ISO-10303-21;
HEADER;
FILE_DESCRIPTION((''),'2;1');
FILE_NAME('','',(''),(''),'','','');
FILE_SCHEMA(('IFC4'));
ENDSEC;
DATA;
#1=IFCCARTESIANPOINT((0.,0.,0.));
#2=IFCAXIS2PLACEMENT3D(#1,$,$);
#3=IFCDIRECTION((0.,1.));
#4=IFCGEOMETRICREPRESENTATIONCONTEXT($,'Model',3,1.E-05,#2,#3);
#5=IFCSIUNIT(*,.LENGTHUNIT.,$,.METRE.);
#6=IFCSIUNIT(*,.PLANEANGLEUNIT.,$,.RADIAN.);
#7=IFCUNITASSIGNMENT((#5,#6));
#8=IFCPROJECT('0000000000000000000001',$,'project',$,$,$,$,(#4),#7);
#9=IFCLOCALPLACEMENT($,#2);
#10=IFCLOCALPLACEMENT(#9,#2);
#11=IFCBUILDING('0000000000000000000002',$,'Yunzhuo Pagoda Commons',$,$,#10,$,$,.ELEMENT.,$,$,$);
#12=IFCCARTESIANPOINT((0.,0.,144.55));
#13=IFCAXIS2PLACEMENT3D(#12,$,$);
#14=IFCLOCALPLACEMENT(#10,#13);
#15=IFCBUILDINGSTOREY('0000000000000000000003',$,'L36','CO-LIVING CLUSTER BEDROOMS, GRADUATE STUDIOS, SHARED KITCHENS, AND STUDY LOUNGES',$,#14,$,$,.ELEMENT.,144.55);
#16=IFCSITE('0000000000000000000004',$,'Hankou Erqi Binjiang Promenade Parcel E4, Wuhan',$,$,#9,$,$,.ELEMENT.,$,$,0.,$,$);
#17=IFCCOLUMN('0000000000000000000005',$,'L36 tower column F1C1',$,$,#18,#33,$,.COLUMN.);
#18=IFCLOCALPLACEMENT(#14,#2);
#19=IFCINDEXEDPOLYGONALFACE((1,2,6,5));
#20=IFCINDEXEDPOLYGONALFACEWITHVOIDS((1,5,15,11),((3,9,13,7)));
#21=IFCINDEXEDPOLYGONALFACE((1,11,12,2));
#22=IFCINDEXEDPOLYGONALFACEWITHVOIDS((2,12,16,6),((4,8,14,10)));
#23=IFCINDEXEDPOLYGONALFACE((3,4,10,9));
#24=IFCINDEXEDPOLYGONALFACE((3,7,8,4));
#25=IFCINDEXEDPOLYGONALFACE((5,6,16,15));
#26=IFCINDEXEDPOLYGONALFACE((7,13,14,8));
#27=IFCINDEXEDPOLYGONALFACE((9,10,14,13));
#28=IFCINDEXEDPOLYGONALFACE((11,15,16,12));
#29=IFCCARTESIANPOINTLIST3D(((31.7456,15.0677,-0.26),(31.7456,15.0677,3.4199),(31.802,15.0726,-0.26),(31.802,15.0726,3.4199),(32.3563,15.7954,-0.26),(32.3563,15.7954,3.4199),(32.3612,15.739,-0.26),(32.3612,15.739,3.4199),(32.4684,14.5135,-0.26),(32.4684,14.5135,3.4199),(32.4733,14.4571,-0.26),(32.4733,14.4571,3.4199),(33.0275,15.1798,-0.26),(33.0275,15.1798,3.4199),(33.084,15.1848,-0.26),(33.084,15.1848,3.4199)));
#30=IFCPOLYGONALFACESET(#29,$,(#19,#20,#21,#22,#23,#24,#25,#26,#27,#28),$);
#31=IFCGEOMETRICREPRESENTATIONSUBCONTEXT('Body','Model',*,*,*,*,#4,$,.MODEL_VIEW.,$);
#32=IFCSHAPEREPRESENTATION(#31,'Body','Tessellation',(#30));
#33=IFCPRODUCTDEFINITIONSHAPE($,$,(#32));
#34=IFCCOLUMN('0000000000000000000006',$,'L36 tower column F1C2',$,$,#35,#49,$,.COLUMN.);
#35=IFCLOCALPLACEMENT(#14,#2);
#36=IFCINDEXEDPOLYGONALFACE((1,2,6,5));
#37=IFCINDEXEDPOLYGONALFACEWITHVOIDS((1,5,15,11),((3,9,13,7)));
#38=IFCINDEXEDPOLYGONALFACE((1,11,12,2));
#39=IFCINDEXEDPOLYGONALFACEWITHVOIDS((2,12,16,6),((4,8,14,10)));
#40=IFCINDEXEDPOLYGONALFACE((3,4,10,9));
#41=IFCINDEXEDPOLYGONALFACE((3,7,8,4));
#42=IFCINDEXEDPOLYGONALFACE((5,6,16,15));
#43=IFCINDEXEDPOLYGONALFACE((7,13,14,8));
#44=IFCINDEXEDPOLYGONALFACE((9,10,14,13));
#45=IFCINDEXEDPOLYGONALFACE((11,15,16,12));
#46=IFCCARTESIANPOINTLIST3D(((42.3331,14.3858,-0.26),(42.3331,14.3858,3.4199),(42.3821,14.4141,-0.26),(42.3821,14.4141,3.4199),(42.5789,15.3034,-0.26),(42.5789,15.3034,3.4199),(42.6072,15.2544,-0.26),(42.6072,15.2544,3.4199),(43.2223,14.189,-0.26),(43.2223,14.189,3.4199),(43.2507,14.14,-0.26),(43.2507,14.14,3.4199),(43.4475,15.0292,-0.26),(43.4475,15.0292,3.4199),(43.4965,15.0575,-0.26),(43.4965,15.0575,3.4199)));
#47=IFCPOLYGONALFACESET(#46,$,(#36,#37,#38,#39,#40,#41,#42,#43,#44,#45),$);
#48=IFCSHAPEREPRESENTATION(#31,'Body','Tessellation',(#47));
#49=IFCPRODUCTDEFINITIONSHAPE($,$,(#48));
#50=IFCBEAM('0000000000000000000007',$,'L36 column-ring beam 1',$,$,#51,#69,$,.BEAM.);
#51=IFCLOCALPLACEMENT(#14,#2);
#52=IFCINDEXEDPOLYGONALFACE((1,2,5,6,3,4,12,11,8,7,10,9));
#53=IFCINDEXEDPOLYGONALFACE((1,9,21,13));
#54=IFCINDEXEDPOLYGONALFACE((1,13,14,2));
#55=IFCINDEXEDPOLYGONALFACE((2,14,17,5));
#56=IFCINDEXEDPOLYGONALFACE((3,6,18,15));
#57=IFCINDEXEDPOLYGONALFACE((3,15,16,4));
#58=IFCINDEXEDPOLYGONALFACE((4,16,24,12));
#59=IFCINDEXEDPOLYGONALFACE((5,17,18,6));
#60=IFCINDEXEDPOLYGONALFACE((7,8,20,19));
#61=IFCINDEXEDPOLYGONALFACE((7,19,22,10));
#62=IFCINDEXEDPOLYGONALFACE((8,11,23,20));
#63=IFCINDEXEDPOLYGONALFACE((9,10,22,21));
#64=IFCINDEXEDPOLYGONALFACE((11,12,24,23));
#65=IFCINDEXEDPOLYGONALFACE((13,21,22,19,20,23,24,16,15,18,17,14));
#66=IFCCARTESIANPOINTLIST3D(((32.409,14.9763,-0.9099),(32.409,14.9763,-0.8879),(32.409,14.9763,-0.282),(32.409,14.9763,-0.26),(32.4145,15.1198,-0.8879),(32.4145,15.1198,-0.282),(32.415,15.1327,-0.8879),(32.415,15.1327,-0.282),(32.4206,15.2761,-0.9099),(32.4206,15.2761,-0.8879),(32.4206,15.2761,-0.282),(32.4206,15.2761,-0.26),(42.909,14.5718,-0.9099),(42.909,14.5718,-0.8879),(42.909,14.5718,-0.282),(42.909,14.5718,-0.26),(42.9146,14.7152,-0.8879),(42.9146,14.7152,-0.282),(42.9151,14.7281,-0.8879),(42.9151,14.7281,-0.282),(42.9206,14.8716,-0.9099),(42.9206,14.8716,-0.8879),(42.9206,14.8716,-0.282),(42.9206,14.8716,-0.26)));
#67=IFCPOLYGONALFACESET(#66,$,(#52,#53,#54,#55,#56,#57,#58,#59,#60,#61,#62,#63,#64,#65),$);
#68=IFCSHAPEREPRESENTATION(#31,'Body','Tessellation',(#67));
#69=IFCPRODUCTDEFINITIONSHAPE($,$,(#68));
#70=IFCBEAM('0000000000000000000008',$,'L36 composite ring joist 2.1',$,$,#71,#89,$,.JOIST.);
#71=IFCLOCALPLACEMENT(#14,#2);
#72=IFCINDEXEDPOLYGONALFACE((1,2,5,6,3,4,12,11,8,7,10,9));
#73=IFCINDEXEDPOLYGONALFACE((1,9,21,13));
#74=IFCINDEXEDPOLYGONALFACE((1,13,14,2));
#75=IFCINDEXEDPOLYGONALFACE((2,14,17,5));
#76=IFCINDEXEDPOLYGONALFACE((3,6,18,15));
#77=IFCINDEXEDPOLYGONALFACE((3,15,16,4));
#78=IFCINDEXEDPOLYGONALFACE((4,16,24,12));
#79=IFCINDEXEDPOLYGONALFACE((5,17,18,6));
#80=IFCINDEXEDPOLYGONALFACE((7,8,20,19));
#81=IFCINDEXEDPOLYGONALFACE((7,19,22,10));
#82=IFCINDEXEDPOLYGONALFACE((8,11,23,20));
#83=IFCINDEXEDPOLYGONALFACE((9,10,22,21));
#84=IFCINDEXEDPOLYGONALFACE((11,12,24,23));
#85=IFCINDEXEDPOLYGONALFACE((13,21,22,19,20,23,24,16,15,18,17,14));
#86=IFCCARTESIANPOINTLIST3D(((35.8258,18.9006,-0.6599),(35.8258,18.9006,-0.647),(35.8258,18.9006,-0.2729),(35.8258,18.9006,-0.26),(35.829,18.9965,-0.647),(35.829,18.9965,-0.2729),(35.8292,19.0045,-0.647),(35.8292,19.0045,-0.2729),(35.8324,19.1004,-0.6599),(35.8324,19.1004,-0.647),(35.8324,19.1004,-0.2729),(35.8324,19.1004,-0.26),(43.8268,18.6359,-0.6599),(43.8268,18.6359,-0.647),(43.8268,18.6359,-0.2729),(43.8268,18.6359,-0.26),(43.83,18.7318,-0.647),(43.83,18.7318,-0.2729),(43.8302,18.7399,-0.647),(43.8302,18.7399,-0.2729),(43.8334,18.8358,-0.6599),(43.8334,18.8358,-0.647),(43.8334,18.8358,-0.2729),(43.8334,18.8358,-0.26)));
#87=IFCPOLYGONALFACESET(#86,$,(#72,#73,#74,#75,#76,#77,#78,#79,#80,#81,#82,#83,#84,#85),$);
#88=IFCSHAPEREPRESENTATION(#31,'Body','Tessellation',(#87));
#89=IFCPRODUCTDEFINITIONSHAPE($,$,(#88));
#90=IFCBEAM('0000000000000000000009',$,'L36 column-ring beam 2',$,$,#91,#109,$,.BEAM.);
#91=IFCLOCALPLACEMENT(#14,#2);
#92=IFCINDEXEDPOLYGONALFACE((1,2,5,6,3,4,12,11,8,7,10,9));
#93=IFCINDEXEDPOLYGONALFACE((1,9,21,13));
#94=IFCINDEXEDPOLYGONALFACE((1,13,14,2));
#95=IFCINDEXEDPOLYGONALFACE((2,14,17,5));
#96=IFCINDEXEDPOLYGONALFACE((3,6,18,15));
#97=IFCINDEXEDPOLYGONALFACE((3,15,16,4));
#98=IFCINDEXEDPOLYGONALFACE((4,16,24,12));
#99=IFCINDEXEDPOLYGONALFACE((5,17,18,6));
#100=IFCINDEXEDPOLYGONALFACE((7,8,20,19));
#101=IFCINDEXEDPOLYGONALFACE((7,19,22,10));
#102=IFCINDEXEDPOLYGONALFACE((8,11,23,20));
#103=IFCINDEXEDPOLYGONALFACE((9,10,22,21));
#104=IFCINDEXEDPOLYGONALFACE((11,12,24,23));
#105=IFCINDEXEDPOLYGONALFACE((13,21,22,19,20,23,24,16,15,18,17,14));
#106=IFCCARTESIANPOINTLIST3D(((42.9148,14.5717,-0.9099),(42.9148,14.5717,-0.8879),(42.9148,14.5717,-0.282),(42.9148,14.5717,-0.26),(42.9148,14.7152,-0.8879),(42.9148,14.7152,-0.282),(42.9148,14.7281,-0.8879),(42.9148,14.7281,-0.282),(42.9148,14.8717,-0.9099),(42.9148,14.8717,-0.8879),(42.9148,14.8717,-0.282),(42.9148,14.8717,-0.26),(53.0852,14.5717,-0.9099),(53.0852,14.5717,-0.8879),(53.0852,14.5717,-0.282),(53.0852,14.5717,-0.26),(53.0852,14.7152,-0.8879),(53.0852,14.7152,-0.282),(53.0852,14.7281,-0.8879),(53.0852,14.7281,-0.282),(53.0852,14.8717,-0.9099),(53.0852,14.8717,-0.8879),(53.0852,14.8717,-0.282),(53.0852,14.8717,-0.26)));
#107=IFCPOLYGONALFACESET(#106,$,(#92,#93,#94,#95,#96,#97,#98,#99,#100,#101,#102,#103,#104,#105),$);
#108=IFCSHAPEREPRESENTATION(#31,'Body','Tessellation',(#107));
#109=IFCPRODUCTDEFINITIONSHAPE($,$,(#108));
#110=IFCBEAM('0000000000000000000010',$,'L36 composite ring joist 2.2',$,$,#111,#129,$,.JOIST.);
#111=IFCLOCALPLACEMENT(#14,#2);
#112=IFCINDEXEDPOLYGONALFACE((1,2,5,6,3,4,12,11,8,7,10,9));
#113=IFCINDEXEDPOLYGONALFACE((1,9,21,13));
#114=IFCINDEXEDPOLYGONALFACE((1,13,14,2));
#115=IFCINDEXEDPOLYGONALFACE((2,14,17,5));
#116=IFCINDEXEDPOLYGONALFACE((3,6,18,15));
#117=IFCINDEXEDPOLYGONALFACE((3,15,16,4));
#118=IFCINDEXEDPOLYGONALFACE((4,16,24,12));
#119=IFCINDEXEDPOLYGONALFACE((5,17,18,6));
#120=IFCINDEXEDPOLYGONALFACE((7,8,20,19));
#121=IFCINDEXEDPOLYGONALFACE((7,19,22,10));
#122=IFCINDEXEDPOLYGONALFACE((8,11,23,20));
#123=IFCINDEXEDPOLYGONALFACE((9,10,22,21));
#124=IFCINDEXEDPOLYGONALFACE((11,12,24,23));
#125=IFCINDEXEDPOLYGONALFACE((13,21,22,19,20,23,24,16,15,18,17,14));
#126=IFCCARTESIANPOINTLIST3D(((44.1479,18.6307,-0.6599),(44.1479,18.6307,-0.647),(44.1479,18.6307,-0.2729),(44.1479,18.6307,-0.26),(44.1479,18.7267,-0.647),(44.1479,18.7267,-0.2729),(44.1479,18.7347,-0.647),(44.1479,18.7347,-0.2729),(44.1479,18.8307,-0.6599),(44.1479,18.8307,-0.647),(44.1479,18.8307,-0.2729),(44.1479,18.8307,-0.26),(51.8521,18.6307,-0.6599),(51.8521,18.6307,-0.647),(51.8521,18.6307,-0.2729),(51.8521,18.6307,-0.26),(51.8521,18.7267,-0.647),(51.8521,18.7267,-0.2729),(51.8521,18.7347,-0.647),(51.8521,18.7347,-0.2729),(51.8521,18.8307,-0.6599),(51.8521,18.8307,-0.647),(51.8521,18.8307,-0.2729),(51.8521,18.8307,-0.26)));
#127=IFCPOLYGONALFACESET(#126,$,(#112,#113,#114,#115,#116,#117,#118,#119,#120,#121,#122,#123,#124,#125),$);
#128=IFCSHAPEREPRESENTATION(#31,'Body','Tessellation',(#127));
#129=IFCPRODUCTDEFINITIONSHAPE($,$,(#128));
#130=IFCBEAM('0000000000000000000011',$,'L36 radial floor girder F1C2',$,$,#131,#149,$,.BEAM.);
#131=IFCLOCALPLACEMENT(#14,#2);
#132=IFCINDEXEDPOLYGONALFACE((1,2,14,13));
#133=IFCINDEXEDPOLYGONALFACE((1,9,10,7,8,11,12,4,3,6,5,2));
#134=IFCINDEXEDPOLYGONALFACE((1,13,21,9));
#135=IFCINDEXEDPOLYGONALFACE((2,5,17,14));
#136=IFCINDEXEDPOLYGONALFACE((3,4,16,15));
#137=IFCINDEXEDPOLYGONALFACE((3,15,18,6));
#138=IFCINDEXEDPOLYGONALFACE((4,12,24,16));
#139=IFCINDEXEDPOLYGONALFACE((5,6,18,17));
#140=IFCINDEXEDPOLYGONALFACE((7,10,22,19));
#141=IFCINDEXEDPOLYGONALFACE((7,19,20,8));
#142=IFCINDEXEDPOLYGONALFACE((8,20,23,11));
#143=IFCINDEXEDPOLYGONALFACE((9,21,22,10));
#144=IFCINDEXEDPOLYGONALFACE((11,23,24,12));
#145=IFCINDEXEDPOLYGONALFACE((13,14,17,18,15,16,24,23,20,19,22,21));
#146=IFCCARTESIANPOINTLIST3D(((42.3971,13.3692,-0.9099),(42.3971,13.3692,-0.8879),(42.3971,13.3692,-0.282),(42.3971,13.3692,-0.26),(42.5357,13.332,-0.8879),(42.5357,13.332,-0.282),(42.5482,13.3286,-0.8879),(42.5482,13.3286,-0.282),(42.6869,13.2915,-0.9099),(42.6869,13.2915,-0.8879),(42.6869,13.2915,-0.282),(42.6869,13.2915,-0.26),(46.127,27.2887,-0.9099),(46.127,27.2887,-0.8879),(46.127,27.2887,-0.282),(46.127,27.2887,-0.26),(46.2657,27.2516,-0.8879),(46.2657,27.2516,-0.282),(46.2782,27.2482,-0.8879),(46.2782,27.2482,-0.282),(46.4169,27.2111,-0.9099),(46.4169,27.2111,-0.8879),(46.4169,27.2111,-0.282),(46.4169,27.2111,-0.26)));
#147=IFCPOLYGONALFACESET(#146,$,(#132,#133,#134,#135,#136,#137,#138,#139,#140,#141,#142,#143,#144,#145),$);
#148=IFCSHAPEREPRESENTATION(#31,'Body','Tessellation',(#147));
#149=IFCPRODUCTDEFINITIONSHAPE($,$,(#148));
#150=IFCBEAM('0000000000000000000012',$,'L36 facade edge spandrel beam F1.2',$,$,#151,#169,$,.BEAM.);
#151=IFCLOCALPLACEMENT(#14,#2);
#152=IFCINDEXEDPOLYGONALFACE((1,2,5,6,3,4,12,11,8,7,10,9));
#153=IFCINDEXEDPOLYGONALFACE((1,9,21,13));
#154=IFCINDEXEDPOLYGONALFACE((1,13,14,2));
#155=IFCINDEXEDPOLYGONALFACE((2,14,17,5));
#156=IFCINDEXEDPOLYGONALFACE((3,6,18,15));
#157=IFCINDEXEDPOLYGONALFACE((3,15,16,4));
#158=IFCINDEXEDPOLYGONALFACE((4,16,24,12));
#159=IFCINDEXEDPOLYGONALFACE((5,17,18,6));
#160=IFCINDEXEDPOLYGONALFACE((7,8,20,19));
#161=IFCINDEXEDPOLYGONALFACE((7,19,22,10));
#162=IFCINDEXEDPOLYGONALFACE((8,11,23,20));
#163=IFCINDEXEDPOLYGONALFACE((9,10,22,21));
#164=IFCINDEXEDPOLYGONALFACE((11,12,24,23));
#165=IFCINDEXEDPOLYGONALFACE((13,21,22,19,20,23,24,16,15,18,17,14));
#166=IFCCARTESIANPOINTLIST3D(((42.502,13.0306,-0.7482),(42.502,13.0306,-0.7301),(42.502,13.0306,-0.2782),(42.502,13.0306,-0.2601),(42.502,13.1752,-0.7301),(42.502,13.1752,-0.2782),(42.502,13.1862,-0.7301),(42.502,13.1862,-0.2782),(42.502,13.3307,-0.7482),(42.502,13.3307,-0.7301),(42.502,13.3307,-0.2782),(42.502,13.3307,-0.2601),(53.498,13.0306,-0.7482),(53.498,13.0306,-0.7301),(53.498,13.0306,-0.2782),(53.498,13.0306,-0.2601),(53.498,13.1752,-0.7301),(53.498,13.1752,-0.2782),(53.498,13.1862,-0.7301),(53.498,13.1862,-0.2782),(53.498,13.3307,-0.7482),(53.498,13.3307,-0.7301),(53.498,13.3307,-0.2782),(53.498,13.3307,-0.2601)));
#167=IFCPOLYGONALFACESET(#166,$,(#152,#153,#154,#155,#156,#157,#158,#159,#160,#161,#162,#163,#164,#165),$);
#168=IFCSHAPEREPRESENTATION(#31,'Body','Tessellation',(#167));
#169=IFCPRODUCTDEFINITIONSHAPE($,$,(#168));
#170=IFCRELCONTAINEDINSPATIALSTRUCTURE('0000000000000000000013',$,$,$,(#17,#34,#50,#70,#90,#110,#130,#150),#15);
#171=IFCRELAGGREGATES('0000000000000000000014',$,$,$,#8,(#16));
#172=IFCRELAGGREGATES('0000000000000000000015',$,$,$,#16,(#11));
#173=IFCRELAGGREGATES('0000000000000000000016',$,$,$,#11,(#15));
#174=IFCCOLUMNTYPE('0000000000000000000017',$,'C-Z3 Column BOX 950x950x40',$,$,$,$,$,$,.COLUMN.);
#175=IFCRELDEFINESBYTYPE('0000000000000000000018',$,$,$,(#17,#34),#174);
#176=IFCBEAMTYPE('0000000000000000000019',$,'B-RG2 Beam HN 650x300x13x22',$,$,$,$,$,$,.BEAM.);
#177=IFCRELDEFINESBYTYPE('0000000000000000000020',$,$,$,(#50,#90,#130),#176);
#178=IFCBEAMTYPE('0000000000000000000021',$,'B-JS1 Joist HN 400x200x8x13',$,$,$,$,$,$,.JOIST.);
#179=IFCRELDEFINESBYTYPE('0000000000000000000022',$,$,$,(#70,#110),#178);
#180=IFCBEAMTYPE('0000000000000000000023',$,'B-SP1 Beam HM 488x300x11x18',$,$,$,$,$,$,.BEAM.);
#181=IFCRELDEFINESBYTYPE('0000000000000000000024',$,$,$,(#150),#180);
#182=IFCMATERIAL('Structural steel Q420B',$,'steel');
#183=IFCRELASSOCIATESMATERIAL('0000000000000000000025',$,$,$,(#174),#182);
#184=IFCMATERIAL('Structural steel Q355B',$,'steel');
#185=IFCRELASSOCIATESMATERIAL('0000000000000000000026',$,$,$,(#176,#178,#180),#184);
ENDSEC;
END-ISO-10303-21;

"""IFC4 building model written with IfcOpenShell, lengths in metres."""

from ifc_helpers import new_model, si_unit, direction, frame, origin, origin_2d, place, context, subcontext, project, spatial, hollow_rectangle, i_section, extrude, source, transform, mapped, material, material_profile, profile_set, type_object, element, save


model = new_model("IFC4")

# Units and contexts
model_context = context("Model", 3, precision=1e-05, world=origin(), true_north=direction((0.0, 1.0)))
body_context = subcontext(model_context, "Body", "Model", "MODEL_VIEW")
ifc_project = project(units=[si_unit("LENGTHUNIT", "METRE"), si_unit("PLANEANGLEUNIT", "RADIAN")], contexts=[model_context])

# Site, building, storey
site_placement = place(None, origin())
site = spatial("IfcSite", under=ifc_project, at=site_placement, Name="Hankou Erqi Binjiang Promenade Parcel E4, Wuhan", CompositionType="ELEMENT", RefElevation=0.0)
building_placement = place(site_placement, origin())
building = spatial("IfcBuilding", under=site, at=building_placement, Name="Yunzhuo Pagoda Commons", CompositionType="ELEMENT")
storey_placement = place(building_placement, frame((0.0, 0.0, 144.55)))
storey = spatial("IfcBuildingStorey", under=building, at=storey_placement, Name="L36", Description="CO-LIVING CLUSTER BEDROOMS, GRADUATE STUDIOS, SHARED KITCHENS, AND STUDY LOUNGES", CompositionType="ELEMENT", Elevation=144.55)

# Columns
ifc_material_1 = material(Name="Structural steel Q420B", Category="steel")
ifc_material_profile_1 = material_profile(ifc_material_1, hollow_rectangle(XDim=0.95, YDim=0.95, WallThickness=0.04, at=origin_2d()), Name="Structural steel Q420B")
ifc_profile_set_1 = profile_set([ifc_material_profile_1], Name="Structural steel Q420B")
column_type = type_object("IfcColumnType", Name="C-Z3 Column BOX 950x950x40", PredefinedType="COLUMN", material=ifc_profile_set_1)
shared_shape_1 = source(origin(), body_context, "Body", "SweptSolid", [
    extrude(hollow_rectangle(XDim=0.95, YDim=0.95, WallThickness=0.04, at=origin_2d()), origin(), (0.0, 0.0, 1.0), 3.6799),
])
for number, where, z_axis, x_axis, name in (
    (1, (32.4148, 15.1262, -0.26), (0.0, 0.0, 1.0), (0.766044, -0.642788, 0.0), "L36 tower column F1C1"),
    (2, (42.9148, 14.7217, -0.26), (0.0, 0.0, 1.0), (0.965926, -0.258819, 0.0), "L36 tower column F1C2"),
):
    element("IfcColumn", number, at=place(storey_placement, frame(where, z_axis=z_axis, x_axis=x_axis)), inside=storey, type_object=column_type, Name=name, PredefinedType="COLUMN", context=body_context, shape_type="MappedRepresentation", body=[
        mapped(shared_shape_1, transform((0.0, 0.0, 0.0), scale=1.0)),
    ])

# Beams
ifc_material_2 = material(Name="Structural steel Q355B", Category="steel")
ifc_material_profile_2 = material_profile(ifc_material_2, i_section(OverallWidth=0.3, OverallDepth=0.6499, WebThickness=0.0129, FlangeThickness=0.022, at=origin_2d()), Name="Structural steel Q355B")
ifc_profile_set_2 = profile_set([ifc_material_profile_2], Name="Structural steel Q355B")
beam_type_1 = type_object("IfcBeamType", Name="B-RG2 Beam HN 650x300x13x22", PredefinedType="BEAM", material=ifc_profile_set_2)
shared_shape_2 = source(origin(), body_context, "Body", "SweptSolid", [
    extrude(i_section(OverallWidth=0.3, OverallDepth=0.6499, WebThickness=0.0129, FlangeThickness=0.022, at=origin_2d()), origin(), (0.0, 0.0, 1.0), 10.5078),
])
beam_1_placement = place(storey_placement, frame((32.4148, 15.1262, -0.585), z_axis=(0.999259, -0.038499, 0.0), x_axis=(0.038499, 0.999259, 0.0)))
element("IfcBeam", 3, at=beam_1_placement, inside=storey, type_object=beam_type_1, Name="L36 column-ring beam 1", PredefinedType="BEAM", context=body_context, shape_type="MappedRepresentation", body=[
    mapped(shared_shape_2, transform((0.0, 0.0, 0.0), scale=1.0)),
])
ifc_material_profile_3 = material_profile(ifc_material_2, i_section(OverallWidth=0.2, OverallDepth=0.3999, WebThickness=0.0081, FlangeThickness=0.0129, at=origin_2d()), Name="Structural steel Q355B")
ifc_profile_set_3 = profile_set([ifc_material_profile_3], Name="Structural steel Q355B")
beam_type_2 = type_object("IfcBeamType", Name="B-JS1 Joist HN 400x200x8x13", PredefinedType="JOIST", material=ifc_profile_set_3)
shared_shape_3 = source(origin(), body_context, "Body", "SweptSolid", [
    extrude(i_section(OverallWidth=0.2, OverallDepth=0.3999, WebThickness=0.0081, FlangeThickness=0.0129, at=origin_2d()), origin(), (0.0, 0.0, 1.0), 8.0054),
])
beam_2_placement = place(storey_placement, frame((35.8291, 19.0005, -0.46), z_axis=(0.999453, -0.033059, 0.0), x_axis=(0.033059, 0.999453, 0.0)))
element("IfcBeam", 4, at=beam_2_placement, inside=storey, type_object=beam_type_2, Name="L36 composite ring joist 2.1", PredefinedType="JOIST", context=body_context, shape_type="MappedRepresentation", body=[
    mapped(shared_shape_3, transform((0.0, 0.0, 0.0), scale=1.0)),
])
shared_shape_4 = source(origin(), body_context, "Body", "SweptSolid", [
    extrude(i_section(OverallWidth=0.3, OverallDepth=0.6499, WebThickness=0.0129, FlangeThickness=0.022, at=origin_2d()), origin(), (0.0, 0.0, 1.0), 10.1704),
])
beam_3_placement = place(storey_placement, frame((42.9148, 14.7217, -0.585), z_axis=(1.0, 0.0, 0.0), x_axis=(0.0, 1.0, 0.0)))
element("IfcBeam", 5, at=beam_3_placement, inside=storey, type_object=beam_type_1, Name="L36 column-ring beam 2", PredefinedType="BEAM", context=body_context, shape_type="MappedRepresentation", body=[
    mapped(shared_shape_4, transform((0.0, 0.0, 0.0), scale=1.0)),
])
shared_shape_5 = source(origin(), body_context, "Body", "SweptSolid", [
    extrude(i_section(OverallWidth=0.2, OverallDepth=0.3999, WebThickness=0.0081, FlangeThickness=0.0129, at=origin_2d()), origin(), (0.0, 0.0, 1.0), 7.7041),
])
beam_4_placement = place(storey_placement, frame((44.1479, 18.7307, -0.46), z_axis=(1.0, 0.0, 0.0), x_axis=(0.0, 1.0, 0.0)))
element("IfcBeam", 6, at=beam_4_placement, inside=storey, type_object=beam_type_2, Name="L36 composite ring joist 2.2", PredefinedType="JOIST", context=body_context, shape_type="MappedRepresentation", body=[
    mapped(shared_shape_5, transform((0.0, 0.0, 0.0), scale=1.0)),
])
shared_shape_6 = source(origin(), body_context, "Body", "SweptSolid", [
    extrude(i_section(OverallWidth=0.3, OverallDepth=0.6499, WebThickness=0.0129, FlangeThickness=0.022, at=origin_2d()), origin(), (0.0, 0.0, 1.0), 14.4106),
])
beam_5_placement = place(storey_placement, frame((42.542, 13.3303, -0.585), z_axis=(0.258833, 0.965922, 0.0), x_axis=(-0.965922, 0.258833, 0.0)))
element("IfcBeam", 7, at=beam_5_placement, inside=storey, type_object=beam_type_1, Name="L36 radial floor girder F1C2", PredefinedType="BEAM", context=body_context, shape_type="MappedRepresentation", body=[
    mapped(shared_shape_6, transform((0.0, 0.0, 0.0), scale=1.0)),
])
ifc_material_profile_4 = material_profile(ifc_material_2, i_section(OverallWidth=0.3, OverallDepth=0.488, WebThickness=0.011, FlangeThickness=0.0181, at=origin_2d()), Name="Structural steel Q355B")
ifc_profile_set_4 = profile_set([ifc_material_profile_4], Name="Structural steel Q355B")
beam_type_3 = type_object("IfcBeamType", Name="B-SP1 Beam HM 488x300x11x18", PredefinedType="BEAM", material=ifc_profile_set_4)
shared_shape_7 = source(origin(), body_context, "Body", "SweptSolid", [
    extrude(i_section(OverallWidth=0.3, OverallDepth=0.488, WebThickness=0.011, FlangeThickness=0.0181, at=origin_2d()), origin(), (0.0, 0.0, 1.0), 10.9961),
])
beam_6_placement = place(storey_placement, frame((42.502, 13.1807, -0.5042), z_axis=(1.0, 0.0, 0.0), x_axis=(0.0, 1.0, 0.0)))
element("IfcBeam", 8, at=beam_6_placement, inside=storey, type_object=beam_type_3, Name="L36 facade edge spandrel beam F1.2", PredefinedType="BEAM", context=body_context, shape_type="MappedRepresentation", body=[
    mapped(shared_shape_7, transform((0.0, 0.0, 0.0), scale=1.0)),
])

save(model, "model.ifc")
